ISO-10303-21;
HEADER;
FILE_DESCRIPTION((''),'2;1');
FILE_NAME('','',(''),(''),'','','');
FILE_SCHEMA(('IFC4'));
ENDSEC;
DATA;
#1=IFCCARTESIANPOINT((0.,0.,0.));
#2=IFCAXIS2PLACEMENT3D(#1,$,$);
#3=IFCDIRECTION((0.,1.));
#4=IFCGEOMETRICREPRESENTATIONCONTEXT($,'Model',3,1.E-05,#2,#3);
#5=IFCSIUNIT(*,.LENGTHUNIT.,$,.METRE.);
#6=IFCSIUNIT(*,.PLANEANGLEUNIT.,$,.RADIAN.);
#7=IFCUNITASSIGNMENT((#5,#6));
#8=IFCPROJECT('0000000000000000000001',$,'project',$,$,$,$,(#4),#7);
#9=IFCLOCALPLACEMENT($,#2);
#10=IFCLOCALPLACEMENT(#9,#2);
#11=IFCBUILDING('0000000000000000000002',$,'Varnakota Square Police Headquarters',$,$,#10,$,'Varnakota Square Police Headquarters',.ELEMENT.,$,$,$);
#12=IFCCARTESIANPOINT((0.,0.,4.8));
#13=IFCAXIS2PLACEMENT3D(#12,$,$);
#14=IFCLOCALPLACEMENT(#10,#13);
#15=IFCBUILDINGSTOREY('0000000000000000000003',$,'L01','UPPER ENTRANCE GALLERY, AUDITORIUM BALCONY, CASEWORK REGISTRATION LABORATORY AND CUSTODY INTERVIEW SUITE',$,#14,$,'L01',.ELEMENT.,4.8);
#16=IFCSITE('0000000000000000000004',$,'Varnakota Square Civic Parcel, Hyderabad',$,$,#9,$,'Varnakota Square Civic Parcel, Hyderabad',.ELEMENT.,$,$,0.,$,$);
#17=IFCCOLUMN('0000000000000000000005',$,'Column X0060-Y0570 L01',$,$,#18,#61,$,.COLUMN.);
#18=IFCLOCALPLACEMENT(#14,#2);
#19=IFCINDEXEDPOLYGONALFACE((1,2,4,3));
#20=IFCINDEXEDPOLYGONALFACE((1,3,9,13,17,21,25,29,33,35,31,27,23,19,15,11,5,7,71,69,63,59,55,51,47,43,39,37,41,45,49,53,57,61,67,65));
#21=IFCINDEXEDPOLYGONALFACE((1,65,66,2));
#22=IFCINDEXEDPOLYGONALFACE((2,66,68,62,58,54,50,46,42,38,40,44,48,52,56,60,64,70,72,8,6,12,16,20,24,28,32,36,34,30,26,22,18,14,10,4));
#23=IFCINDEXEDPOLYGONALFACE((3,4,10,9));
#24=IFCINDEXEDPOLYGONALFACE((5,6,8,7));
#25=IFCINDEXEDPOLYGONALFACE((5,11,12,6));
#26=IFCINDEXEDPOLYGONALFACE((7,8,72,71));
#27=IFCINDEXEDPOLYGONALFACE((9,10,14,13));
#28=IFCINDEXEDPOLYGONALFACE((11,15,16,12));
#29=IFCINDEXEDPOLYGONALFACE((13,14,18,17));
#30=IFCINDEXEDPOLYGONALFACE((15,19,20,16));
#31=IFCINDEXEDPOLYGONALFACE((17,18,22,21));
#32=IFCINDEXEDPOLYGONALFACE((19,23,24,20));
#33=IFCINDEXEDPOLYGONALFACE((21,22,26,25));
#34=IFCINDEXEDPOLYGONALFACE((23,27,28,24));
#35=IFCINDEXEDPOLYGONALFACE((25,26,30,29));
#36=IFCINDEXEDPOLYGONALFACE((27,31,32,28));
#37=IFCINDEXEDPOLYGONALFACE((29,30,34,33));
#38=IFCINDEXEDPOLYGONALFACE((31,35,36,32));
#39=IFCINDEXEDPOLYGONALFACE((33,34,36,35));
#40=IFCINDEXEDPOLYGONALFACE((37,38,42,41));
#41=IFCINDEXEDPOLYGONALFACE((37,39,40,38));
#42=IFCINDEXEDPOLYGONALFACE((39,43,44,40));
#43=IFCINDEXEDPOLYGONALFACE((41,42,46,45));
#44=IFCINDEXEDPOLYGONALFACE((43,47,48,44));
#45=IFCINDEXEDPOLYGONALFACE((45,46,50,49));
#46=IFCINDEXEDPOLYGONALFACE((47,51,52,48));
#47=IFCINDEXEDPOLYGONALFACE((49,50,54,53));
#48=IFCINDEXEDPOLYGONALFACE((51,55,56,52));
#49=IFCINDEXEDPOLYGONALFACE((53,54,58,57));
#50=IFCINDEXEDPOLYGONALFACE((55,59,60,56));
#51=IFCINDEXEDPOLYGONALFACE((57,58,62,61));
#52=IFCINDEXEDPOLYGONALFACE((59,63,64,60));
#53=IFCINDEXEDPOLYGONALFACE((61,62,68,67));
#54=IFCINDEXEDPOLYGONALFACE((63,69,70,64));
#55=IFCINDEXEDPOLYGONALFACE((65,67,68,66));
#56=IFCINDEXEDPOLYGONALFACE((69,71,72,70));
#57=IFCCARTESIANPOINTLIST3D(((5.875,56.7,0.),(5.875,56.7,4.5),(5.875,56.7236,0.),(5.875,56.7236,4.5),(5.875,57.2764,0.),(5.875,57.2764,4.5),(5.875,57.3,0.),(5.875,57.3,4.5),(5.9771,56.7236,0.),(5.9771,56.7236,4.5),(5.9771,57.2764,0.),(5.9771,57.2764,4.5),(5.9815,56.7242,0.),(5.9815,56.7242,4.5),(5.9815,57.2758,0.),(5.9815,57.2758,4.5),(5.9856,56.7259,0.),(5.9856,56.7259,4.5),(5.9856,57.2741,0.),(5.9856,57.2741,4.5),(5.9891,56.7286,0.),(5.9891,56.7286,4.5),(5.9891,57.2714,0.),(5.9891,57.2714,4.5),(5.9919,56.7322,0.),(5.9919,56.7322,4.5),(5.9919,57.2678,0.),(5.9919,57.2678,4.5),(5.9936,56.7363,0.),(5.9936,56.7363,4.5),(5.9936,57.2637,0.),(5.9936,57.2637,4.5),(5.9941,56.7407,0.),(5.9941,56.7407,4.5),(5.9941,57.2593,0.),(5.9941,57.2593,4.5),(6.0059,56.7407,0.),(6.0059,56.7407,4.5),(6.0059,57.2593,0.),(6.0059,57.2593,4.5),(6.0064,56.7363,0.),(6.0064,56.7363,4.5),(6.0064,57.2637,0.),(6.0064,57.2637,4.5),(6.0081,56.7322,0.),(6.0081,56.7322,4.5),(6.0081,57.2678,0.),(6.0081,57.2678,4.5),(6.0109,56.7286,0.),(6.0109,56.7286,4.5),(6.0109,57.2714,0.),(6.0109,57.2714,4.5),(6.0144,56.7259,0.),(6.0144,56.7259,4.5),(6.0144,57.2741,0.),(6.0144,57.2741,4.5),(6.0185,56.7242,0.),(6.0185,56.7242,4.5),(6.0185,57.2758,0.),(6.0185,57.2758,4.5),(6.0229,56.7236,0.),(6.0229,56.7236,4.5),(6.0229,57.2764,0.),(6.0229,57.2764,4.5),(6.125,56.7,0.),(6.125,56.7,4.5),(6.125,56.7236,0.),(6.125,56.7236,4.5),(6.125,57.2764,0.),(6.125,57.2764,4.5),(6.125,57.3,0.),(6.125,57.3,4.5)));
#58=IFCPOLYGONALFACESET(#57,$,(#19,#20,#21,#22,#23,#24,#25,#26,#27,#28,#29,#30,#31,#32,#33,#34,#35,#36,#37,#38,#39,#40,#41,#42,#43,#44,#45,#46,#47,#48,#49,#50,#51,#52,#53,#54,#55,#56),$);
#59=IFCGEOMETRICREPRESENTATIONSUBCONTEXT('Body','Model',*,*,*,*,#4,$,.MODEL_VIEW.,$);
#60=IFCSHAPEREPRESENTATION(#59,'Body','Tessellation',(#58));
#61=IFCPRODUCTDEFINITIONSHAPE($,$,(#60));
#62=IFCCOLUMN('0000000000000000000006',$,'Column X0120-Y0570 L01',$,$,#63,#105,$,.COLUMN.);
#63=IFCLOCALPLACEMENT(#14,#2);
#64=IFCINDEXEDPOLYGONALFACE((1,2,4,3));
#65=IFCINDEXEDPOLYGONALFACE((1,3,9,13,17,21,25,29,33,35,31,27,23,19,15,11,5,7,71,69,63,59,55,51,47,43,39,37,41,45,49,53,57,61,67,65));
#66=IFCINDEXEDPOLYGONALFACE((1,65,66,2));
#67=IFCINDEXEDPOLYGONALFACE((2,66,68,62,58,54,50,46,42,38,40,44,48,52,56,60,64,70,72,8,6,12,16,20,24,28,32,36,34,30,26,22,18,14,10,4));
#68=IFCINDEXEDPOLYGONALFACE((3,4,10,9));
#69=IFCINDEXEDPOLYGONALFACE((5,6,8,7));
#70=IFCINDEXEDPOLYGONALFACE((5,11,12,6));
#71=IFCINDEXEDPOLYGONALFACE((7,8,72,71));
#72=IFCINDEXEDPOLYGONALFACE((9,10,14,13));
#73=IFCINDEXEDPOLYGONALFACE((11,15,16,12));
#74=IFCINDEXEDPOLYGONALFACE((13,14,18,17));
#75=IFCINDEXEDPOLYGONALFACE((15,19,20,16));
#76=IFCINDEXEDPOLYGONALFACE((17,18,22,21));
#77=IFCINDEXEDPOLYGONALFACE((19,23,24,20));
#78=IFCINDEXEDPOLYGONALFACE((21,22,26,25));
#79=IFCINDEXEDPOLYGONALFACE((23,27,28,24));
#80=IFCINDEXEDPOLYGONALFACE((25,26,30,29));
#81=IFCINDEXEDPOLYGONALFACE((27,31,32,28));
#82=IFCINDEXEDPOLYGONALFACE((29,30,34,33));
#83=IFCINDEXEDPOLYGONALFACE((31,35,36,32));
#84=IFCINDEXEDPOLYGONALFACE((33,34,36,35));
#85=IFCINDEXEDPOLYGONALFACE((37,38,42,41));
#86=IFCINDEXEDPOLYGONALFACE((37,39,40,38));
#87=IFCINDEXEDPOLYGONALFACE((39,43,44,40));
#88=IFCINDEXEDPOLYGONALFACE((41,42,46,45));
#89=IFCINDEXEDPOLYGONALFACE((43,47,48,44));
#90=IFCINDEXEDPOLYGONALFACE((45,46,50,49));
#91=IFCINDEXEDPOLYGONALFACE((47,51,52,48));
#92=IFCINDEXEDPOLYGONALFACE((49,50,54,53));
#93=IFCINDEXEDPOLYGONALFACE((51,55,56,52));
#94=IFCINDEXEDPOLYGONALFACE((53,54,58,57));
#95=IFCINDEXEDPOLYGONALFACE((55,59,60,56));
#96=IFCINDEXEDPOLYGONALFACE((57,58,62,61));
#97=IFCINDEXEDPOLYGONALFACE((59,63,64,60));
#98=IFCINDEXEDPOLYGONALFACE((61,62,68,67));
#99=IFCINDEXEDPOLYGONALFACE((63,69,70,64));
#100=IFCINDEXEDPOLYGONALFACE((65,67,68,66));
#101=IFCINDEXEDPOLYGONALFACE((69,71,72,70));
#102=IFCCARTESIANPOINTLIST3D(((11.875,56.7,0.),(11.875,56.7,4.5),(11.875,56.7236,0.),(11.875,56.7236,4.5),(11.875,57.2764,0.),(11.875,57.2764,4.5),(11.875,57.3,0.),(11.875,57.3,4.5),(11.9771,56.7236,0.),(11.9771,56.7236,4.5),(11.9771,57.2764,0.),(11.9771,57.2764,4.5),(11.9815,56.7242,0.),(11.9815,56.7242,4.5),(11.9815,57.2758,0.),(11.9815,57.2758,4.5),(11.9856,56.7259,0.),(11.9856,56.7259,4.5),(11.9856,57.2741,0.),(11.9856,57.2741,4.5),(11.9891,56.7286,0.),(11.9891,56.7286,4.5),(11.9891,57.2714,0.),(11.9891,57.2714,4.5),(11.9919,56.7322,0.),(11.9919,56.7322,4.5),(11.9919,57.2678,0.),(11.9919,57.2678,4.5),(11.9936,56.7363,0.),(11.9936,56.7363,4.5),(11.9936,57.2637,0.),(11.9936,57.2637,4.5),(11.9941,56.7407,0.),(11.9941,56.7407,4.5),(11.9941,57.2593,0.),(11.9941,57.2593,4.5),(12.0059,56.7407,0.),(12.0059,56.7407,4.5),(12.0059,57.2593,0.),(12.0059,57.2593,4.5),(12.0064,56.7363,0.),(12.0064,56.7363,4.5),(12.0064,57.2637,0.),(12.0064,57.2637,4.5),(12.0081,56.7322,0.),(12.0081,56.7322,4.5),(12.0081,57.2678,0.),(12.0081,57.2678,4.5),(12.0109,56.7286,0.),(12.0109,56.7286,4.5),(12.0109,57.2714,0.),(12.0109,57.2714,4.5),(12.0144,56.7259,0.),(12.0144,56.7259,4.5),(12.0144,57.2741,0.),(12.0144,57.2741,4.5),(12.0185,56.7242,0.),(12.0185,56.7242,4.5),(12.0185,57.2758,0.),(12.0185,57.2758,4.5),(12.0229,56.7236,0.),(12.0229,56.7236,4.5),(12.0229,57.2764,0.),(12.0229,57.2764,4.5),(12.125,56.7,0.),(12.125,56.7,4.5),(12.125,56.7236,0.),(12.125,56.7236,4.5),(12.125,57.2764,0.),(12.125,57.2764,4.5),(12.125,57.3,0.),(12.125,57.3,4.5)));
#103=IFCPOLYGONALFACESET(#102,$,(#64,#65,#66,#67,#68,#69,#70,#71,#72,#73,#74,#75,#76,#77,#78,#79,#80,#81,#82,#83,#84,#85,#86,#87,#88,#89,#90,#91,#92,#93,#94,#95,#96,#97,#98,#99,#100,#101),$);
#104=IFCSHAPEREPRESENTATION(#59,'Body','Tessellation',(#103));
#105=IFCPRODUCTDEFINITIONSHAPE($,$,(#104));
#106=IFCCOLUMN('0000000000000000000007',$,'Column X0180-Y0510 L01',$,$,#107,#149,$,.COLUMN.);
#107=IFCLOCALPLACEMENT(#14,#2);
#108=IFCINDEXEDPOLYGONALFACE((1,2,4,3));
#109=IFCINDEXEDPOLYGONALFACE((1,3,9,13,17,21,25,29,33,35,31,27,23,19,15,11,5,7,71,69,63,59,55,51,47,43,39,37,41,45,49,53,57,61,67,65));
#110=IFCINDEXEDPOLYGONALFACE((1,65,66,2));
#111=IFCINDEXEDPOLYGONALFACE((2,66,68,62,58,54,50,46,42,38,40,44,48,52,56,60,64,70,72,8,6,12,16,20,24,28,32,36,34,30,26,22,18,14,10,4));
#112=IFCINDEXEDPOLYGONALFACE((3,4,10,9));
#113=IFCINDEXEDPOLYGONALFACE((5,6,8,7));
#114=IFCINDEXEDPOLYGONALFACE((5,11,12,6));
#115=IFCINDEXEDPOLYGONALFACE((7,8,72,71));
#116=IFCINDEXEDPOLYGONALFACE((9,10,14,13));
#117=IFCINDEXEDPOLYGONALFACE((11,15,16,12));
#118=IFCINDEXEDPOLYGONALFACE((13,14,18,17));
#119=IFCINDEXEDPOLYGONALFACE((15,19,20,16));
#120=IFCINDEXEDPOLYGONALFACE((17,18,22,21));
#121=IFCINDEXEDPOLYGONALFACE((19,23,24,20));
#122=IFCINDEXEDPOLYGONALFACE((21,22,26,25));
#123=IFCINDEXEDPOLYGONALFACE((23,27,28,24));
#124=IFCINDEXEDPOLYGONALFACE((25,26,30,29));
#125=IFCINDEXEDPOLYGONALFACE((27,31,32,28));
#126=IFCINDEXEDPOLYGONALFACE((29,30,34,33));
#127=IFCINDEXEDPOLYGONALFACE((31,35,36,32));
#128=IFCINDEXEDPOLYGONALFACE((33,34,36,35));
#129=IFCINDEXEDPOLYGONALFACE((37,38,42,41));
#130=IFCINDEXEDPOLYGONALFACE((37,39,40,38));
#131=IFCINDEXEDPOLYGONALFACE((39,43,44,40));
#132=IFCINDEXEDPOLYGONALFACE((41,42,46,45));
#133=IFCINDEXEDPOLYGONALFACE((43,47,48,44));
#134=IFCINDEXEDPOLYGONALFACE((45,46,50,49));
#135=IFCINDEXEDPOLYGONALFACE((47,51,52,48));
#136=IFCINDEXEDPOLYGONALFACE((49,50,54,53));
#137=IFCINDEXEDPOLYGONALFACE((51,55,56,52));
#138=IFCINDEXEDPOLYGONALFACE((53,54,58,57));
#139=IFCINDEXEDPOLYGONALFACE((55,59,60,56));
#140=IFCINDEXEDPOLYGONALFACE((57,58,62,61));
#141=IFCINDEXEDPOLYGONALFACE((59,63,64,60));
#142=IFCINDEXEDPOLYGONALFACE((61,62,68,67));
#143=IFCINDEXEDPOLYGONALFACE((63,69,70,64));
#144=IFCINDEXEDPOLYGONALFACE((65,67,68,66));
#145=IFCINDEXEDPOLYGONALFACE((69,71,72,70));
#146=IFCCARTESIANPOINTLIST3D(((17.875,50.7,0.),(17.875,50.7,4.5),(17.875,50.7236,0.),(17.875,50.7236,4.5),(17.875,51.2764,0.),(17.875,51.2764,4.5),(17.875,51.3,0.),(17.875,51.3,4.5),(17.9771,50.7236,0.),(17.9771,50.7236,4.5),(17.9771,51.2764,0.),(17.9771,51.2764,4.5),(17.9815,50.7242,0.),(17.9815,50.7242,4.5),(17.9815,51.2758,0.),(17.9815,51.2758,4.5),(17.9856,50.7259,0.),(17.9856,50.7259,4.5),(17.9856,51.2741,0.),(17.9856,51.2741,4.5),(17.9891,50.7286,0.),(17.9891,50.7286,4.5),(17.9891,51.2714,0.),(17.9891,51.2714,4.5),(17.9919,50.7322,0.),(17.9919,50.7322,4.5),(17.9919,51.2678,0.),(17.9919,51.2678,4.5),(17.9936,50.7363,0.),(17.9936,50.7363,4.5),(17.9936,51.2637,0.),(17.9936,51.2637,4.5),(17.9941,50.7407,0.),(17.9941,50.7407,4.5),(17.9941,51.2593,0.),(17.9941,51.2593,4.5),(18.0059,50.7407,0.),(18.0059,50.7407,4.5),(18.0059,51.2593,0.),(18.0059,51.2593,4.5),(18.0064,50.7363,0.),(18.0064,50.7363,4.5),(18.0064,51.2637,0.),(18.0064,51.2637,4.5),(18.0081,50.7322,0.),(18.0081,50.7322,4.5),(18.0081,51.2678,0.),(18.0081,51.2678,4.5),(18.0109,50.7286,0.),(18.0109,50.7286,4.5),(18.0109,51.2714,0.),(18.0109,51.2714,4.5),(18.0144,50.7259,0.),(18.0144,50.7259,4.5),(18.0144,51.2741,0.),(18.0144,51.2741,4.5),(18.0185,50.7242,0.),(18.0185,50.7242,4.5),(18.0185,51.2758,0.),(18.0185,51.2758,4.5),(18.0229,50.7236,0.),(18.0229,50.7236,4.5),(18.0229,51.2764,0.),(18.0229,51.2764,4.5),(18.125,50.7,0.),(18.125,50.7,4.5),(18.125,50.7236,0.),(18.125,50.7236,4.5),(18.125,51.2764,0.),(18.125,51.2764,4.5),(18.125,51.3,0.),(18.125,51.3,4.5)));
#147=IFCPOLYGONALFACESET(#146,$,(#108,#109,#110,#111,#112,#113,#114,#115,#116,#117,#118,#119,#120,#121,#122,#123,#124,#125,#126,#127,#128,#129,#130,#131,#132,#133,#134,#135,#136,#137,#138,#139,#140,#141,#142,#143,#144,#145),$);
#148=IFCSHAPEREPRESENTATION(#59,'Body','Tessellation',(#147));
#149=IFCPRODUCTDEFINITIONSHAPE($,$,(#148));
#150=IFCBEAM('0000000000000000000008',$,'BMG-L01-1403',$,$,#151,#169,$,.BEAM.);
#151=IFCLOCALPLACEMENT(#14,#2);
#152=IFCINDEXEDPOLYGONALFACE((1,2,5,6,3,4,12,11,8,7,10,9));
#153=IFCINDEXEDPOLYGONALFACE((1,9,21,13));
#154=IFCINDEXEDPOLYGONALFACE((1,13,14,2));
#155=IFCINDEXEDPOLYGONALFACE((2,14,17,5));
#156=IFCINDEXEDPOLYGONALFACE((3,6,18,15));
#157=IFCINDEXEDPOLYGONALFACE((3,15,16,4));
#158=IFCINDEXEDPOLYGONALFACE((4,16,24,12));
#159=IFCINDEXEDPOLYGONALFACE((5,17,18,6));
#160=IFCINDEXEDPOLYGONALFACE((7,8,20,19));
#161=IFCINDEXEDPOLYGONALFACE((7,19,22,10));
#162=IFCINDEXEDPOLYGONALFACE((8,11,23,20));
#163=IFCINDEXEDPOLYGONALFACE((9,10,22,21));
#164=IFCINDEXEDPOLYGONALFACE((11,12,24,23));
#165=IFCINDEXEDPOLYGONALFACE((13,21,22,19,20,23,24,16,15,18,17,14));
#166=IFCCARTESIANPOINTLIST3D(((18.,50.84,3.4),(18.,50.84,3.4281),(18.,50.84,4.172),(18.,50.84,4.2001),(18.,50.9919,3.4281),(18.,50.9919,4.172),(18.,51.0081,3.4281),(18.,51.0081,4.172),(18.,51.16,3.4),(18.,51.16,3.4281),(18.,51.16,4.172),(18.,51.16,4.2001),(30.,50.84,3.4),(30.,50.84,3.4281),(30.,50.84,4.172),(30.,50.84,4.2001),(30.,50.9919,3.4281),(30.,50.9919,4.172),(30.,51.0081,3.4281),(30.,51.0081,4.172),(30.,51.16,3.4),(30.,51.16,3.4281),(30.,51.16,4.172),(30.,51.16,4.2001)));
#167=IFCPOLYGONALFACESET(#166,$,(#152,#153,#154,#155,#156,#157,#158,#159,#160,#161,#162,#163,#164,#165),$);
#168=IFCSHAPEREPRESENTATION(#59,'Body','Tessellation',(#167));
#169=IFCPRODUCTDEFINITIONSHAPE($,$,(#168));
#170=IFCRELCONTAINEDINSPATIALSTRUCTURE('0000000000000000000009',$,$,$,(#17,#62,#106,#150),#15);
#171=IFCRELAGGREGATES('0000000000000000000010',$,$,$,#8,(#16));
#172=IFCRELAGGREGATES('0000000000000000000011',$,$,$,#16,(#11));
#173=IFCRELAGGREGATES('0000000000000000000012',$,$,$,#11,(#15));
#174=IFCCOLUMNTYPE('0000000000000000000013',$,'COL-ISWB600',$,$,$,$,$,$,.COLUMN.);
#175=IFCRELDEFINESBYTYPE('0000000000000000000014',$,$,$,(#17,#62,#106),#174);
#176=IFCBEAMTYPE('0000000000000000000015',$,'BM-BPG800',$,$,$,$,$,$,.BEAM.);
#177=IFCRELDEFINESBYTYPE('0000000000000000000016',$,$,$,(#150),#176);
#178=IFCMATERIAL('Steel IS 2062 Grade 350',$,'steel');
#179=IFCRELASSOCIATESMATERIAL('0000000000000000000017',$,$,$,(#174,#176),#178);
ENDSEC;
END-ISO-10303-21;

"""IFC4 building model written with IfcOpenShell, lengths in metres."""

from ifc_helpers import new_model, si_unit, direction, frame, origin, origin_2d, place, context, subcontext, project, spatial, i_section, extrude, material, material_profile, profile_set, type_object, element, save


model = new_model("IFC4")

# Units and contexts
model_context = context("Model", 3, precision=1e-05, world=origin(), true_north=direction((0.0, 1.0)))
body_context = subcontext(model_context, "Body", "Model", "MODEL_VIEW")
ifc_project = project(units=[si_unit("LENGTHUNIT", "METRE"), si_unit("PLANEANGLEUNIT", "RADIAN")], contexts=[model_context])

# Site, building, storey
site_placement = place(None, origin())
site = spatial("IfcSite", under=ifc_project, at=site_placement, Name="Varnakota Square Civic Parcel, Hyderabad", LongName="Varnakota Square Civic Parcel, Hyderabad", CompositionType="ELEMENT", RefElevation=0.0)
building_placement = place(site_placement, origin())
building = spatial("IfcBuilding", under=site, at=building_placement, Name="Varnakota Square Police Headquarters", LongName="Varnakota Square Police Headquarters", CompositionType="ELEMENT")
storey_placement = place(building_placement, frame((0.0, 0.0, 4.8)))
storey = spatial("IfcBuildingStorey", under=building, at=storey_placement, Name="L01", Description="UPPER ENTRANCE GALLERY, AUDITORIUM BALCONY, CASEWORK REGISTRATION LABORATORY AND CUSTODY INTERVIEW SUITE", LongName="L01", CompositionType="ELEMENT", Elevation=4.8)

# Columns
ifc_material_1 = material(Name="Steel IS 2062 Grade 350", Category="steel")
ifc_material_profile_1 = material_profile(ifc_material_1, i_section(OverallWidth=0.25, OverallDepth=0.6001, WebThickness=0.0117, FlangeThickness=0.0237, FilletRadius=0.0171, at=origin_2d()), Name="ISWB 600")
ifc_profile_set_1 = profile_set([ifc_material_profile_1], Name="Steel IS 2062 Grade 350")
column_type = type_object("IfcColumnType", Name="COL-ISWB600", PredefinedType="COLUMN", material=ifc_profile_set_1)
for number, where, z_axis, x_axis, name in (
    (1, (6.0, 57.0, 0.0), (0.0, 0.0, 1.0), (1.0, 0.0, 0.0), "Column X0060-Y0570 L01"),
    (2, (12.0, 57.0, 0.0), (0.0, 0.0, 1.0), (1.0, 0.0, 0.0), "Column X0120-Y0570 L01"),
    (3, (18.0, 51.0, 0.0), (0.0, 0.0, 1.0), (1.0, 0.0, 0.0), "Column X0180-Y0510 L01"),
):
    element("IfcColumn", number, at=place(storey_placement, frame(where, z_axis=z_axis, x_axis=x_axis)), inside=storey, type_object=column_type, Name=name, PredefinedType="COLUMN", context=body_context, shape_type="SweptSolid", body=[
        extrude(i_section(OverallWidth=0.25, OverallDepth=0.6001, WebThickness=0.0117, FlangeThickness=0.0237, FilletRadius=0.0171, at=origin_2d()), origin(), (0.0, 0.0, 1.0), 4.5),
    ])

# Beam
ifc_material_profile_2 = material_profile(ifc_material_1, i_section(OverallWidth=0.3201, OverallDepth=0.8, WebThickness=0.0161, FlangeThickness=0.0281, at=origin_2d()), Name="BPG 800x320")
ifc_profile_set_2 = profile_set([ifc_material_profile_2], Name="Steel IS 2062 Grade 350")
beam_type_1 = type_object("IfcBeamType", Name="BM-BPG800", PredefinedType="BEAM", material=ifc_profile_set_2)
beam_1_placement = place(storey_placement, frame((18.0, 51.0, 3.8), z_axis=(1.0, 0.0, 0.0), x_axis=(0.0, 1.0, 0.0)))
element("IfcBeam", 4, at=beam_1_placement, inside=storey, type_object=beam_type_1, Name="BMG-L01-1403", PredefinedType="BEAM", context=body_context, shape_type="SweptSolid", body=[
    extrude(i_section(OverallWidth=0.3201, OverallDepth=0.8, WebThickness=0.0161, FlangeThickness=0.0281, at=origin_2d()), origin(), (0.0, 0.0, 1.0), 12.0),
])

save(model, "model.ifc")
